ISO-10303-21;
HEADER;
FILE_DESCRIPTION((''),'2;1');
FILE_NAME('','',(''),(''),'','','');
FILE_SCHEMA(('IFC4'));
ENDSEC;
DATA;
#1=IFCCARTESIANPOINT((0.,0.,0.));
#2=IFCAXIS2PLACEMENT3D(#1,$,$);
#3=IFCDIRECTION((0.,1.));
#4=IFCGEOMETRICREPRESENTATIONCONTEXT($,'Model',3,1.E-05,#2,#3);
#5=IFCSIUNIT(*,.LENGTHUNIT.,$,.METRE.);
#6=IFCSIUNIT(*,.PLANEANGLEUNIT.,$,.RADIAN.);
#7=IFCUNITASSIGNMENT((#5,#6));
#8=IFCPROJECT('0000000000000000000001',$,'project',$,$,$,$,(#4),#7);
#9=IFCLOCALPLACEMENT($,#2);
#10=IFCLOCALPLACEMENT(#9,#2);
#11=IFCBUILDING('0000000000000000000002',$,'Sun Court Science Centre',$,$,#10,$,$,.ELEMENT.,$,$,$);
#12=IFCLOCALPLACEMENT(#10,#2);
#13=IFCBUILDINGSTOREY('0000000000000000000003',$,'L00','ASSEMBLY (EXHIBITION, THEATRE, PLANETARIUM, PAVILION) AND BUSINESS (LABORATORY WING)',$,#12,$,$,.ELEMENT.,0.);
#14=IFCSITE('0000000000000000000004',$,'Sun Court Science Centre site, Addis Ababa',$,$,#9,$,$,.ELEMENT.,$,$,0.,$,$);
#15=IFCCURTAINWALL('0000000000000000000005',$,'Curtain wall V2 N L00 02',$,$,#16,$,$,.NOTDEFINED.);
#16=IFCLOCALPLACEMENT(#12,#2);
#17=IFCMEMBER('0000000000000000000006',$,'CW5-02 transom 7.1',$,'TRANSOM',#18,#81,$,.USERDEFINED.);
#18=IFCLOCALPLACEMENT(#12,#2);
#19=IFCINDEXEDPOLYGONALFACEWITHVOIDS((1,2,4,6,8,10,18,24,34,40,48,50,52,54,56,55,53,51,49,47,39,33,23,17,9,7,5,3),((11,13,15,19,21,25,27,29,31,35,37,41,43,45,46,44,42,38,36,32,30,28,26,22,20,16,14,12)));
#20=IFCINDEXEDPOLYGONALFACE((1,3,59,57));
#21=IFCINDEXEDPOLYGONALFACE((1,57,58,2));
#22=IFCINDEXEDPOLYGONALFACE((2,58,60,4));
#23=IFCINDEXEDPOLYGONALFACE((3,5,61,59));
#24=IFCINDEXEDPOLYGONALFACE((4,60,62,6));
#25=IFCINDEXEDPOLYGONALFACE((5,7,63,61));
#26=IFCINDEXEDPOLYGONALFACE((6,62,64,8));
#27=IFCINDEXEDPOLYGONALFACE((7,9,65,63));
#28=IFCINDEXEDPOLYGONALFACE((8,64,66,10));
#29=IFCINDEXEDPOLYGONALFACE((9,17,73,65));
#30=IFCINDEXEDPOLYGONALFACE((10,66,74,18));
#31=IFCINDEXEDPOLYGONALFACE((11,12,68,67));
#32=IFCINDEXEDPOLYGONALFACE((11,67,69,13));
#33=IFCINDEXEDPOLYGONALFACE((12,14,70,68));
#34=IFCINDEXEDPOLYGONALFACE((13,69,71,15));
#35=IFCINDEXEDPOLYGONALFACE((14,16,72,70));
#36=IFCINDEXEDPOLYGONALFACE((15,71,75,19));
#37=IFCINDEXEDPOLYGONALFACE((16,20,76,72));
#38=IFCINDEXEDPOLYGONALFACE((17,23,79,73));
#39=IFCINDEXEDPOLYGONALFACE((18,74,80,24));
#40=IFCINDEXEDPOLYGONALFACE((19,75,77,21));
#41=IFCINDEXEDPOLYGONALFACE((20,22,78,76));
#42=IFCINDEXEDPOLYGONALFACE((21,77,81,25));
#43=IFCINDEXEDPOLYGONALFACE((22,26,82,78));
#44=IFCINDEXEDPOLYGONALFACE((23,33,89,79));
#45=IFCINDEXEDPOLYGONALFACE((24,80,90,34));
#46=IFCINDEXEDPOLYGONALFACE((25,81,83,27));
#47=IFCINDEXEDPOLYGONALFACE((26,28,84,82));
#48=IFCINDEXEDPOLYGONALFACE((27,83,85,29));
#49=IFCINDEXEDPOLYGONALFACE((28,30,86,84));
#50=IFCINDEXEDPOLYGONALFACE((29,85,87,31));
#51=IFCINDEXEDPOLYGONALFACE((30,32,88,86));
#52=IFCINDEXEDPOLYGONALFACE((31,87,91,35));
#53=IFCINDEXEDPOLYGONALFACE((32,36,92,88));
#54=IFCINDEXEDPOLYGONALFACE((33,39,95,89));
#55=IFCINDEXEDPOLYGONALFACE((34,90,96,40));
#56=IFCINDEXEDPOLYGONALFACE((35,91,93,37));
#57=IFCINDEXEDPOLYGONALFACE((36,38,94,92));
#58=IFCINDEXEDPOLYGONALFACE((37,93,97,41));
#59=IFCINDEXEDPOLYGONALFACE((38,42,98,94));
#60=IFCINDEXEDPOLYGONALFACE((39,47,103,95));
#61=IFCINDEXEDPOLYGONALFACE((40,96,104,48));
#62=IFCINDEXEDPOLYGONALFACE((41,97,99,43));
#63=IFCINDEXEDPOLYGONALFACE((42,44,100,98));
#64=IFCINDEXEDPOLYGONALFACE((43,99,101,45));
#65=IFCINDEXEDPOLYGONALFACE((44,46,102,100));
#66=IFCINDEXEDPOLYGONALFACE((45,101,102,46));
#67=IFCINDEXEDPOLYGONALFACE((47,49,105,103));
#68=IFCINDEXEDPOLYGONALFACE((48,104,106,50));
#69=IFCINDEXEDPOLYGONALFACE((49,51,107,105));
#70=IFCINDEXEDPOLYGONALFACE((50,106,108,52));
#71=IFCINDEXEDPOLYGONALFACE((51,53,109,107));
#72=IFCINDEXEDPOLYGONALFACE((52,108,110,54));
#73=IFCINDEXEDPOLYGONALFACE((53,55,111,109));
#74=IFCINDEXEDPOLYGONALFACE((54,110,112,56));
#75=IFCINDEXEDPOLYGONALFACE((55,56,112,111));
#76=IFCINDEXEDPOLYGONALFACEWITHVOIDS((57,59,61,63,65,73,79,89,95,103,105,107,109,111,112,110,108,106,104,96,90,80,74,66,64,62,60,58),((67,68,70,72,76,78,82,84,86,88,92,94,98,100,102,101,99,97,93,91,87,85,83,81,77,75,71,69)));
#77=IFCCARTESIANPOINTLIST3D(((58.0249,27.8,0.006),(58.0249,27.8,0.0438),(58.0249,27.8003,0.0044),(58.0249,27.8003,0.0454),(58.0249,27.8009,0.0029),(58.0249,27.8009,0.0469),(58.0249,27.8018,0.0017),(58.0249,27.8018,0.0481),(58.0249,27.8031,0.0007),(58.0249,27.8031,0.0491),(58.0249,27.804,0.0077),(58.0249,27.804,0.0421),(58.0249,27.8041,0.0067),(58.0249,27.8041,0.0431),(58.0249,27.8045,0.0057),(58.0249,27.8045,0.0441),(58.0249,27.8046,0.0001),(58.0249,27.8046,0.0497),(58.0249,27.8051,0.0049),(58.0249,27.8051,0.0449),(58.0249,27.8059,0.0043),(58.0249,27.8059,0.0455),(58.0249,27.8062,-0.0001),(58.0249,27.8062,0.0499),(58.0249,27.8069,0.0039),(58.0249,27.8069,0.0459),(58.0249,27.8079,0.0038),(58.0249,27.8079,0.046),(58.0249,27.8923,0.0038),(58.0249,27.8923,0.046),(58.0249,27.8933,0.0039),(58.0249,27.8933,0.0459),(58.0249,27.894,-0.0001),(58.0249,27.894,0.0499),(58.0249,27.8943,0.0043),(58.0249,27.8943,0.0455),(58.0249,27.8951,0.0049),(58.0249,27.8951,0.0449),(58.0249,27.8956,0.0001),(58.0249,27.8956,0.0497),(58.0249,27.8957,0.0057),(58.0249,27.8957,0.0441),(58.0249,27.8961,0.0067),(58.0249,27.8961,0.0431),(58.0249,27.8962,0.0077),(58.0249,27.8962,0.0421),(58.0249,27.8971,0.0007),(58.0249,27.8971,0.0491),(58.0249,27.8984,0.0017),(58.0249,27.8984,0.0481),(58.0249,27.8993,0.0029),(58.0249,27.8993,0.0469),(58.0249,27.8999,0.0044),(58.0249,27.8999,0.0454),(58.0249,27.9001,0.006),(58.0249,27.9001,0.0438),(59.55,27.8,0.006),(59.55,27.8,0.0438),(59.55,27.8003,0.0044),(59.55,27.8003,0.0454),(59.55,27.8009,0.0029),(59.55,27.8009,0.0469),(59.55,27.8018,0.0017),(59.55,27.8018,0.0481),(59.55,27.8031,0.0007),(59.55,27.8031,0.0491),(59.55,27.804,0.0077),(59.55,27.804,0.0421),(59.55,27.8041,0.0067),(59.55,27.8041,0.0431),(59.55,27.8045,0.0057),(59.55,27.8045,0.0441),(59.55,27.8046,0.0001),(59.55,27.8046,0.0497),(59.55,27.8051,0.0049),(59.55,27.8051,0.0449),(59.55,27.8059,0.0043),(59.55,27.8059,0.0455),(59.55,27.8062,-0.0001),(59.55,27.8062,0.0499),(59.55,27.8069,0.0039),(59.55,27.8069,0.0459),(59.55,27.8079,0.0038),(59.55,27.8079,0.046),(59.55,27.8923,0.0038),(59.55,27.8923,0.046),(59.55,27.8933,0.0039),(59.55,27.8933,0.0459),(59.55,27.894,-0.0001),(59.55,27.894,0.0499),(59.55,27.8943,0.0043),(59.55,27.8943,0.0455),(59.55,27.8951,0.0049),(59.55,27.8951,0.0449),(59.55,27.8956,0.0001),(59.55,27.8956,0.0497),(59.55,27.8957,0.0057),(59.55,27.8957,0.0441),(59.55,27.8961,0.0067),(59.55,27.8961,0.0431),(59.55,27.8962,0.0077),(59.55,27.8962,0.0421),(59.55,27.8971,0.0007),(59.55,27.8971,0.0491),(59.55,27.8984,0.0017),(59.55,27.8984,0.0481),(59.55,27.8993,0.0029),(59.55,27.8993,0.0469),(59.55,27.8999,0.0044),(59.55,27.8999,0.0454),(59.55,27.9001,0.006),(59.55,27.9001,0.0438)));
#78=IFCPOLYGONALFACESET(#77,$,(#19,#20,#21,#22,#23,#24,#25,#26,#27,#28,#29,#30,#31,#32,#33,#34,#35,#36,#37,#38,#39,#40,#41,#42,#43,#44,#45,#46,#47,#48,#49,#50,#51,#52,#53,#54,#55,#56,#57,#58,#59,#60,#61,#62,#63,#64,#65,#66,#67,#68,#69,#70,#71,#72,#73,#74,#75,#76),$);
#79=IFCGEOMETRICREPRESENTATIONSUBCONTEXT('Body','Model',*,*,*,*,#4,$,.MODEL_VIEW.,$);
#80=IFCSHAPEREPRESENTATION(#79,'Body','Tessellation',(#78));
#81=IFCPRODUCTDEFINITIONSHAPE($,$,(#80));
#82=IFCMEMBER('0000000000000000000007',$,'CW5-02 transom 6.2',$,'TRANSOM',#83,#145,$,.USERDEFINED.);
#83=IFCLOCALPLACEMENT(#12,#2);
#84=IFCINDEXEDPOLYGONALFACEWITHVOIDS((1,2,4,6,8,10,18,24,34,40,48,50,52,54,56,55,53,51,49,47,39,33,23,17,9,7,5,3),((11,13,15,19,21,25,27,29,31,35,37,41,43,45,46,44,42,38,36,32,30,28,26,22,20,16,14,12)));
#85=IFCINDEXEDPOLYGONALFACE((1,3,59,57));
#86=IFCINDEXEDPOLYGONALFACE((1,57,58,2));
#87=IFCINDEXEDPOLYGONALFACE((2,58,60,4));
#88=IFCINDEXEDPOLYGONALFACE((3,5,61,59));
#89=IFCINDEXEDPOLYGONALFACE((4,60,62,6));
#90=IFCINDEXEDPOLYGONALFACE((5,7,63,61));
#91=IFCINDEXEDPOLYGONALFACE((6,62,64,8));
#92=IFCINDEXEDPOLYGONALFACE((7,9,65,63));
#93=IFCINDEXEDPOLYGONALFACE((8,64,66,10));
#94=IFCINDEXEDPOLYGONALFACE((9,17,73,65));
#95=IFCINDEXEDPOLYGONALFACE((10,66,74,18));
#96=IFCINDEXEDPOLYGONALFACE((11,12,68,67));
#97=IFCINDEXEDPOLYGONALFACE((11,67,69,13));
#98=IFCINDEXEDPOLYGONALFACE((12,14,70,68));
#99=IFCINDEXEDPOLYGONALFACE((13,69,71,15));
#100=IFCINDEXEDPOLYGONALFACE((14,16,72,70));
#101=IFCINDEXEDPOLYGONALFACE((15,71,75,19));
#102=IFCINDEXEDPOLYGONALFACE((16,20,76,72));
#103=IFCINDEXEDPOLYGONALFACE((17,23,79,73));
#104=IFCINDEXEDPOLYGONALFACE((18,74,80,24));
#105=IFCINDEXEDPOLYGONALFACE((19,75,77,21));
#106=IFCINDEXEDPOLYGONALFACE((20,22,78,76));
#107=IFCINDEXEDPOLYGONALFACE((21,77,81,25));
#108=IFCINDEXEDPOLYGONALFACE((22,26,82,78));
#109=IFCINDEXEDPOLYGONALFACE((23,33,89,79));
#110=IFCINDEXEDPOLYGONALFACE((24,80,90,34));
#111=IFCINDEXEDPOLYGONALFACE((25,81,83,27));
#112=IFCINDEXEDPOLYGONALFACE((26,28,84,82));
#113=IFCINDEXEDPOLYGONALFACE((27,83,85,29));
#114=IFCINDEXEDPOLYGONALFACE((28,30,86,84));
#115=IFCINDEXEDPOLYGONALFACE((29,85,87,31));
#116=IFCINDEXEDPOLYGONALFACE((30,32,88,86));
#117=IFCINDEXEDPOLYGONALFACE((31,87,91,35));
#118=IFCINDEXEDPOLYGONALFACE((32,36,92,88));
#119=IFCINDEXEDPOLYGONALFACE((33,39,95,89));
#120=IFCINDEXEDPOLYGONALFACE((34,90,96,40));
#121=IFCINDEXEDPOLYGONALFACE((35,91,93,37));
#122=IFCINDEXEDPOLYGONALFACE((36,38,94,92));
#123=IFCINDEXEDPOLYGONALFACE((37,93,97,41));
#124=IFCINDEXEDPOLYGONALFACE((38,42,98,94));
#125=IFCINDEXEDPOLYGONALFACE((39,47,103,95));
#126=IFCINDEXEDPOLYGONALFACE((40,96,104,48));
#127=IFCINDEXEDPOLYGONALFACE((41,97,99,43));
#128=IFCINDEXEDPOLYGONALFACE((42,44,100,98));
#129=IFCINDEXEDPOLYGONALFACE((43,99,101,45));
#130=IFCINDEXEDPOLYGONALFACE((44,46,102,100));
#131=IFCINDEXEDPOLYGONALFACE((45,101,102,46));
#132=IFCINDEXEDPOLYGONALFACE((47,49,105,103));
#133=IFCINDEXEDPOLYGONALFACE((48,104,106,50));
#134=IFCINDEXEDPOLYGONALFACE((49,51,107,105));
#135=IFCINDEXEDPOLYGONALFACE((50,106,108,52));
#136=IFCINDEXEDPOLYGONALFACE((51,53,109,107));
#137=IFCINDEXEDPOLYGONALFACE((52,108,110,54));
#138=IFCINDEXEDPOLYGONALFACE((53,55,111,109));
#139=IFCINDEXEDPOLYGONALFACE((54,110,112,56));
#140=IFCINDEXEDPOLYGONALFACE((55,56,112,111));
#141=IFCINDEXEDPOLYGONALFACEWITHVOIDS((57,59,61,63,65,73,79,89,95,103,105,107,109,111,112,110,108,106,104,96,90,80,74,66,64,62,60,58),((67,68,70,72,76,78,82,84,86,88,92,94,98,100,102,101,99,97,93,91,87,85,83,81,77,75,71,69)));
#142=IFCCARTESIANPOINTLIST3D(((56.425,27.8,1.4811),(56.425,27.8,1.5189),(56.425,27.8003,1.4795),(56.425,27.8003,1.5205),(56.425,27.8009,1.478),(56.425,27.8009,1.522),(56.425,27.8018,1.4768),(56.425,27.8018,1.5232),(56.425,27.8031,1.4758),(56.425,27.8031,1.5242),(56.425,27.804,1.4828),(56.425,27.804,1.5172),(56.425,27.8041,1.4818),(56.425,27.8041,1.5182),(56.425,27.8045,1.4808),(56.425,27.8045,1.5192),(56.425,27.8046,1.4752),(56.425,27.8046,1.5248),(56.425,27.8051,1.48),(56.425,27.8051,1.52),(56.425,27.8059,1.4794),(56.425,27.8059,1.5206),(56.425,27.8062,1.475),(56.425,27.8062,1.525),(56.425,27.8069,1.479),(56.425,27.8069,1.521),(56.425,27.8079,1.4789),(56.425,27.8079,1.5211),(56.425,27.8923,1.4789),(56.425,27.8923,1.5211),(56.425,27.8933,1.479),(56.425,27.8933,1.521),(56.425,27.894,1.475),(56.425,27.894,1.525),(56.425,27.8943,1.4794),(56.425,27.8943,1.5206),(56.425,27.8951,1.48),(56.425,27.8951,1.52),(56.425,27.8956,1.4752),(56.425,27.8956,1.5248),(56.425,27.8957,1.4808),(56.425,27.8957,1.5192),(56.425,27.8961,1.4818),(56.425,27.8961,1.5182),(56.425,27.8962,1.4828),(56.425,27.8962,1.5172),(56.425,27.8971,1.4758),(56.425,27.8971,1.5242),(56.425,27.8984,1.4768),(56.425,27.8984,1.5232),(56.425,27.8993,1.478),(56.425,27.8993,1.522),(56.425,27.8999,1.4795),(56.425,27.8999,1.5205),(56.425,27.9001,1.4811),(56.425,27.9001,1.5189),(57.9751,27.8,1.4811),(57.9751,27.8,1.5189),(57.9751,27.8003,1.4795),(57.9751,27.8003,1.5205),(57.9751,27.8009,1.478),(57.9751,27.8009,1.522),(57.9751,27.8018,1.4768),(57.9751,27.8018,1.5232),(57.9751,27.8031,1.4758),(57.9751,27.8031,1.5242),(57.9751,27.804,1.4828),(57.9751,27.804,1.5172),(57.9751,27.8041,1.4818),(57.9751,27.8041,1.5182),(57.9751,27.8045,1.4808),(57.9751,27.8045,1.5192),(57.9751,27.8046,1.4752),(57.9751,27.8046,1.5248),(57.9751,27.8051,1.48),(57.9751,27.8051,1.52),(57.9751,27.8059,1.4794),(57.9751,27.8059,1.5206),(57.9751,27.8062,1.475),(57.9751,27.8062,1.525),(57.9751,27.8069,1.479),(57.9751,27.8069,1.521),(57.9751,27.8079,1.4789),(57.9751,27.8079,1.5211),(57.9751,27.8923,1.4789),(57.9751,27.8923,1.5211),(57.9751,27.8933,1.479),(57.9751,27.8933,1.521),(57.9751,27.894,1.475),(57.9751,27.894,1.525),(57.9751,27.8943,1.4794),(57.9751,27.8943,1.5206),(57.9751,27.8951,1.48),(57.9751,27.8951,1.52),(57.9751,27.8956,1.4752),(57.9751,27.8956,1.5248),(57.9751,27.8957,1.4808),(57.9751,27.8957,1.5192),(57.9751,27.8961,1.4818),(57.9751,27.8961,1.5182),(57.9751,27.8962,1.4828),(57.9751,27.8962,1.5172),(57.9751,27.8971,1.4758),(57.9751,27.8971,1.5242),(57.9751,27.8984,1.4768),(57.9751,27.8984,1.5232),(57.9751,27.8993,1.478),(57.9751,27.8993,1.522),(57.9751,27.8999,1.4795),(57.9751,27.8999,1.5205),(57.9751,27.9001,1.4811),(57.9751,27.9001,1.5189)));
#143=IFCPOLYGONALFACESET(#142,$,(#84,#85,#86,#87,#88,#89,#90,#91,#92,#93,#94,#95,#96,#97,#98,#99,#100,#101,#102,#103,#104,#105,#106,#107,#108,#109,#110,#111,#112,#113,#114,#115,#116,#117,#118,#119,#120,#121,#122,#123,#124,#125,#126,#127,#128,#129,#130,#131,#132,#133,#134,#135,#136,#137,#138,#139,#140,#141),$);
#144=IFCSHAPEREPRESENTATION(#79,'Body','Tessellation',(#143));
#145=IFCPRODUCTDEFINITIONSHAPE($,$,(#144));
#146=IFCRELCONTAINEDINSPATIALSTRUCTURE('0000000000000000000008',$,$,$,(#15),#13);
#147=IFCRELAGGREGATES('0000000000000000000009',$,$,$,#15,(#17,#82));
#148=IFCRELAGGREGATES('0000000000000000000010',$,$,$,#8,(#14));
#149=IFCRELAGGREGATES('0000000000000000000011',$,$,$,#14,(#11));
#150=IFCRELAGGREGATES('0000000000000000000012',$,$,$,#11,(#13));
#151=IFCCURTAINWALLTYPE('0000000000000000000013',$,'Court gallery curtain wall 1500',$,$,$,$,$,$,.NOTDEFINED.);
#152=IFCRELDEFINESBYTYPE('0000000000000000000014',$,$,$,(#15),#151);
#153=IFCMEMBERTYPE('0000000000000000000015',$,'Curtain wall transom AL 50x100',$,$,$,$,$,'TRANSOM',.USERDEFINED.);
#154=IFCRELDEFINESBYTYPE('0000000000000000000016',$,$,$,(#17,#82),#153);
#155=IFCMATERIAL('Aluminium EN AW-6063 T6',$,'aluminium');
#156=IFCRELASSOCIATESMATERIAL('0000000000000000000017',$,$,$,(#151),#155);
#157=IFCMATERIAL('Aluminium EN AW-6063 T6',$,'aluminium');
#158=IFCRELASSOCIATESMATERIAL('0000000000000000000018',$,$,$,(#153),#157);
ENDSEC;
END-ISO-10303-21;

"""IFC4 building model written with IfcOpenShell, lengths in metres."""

from ifc_helpers import new_model, si_unit, direction, frame, origin, origin_2d, place, context, subcontext, project, spatial, hollow_rectangle, extrude, material, material_profile, profile_set, type_object, element, aggregate, save


model = new_model("IFC4")

# Units and contexts
model_context = context("Model", 3, precision=1e-05, world=origin(), true_north=direction((0.0, 1.0)))
body_context = subcontext(model_context, "Body", "Model", "MODEL_VIEW")
ifc_project = project(units=[si_unit("LENGTHUNIT", "METRE"), si_unit("PLANEANGLEUNIT", "RADIAN")], contexts=[model_context])

# Site, building, storey
site_placement = place(None, origin())
site = spatial("IfcSite", under=ifc_project, at=site_placement, Name="Sun Court Science Centre site, Addis Ababa", CompositionType="ELEMENT", RefElevation=0.0)
building_placement = place(site_placement, origin())
building = spatial("IfcBuilding", under=site, at=building_placement, Name="Sun Court Science Centre", CompositionType="ELEMENT")
storey_placement = place(building_placement, origin())
storey = spatial("IfcBuildingStorey", under=building, at=storey_placement, Name="L00", Description="ASSEMBLY (EXHIBITION, THEATRE, PLANETARIUM, PAVILION) AND BUSINESS (LABORATORY WING)", CompositionType="ELEMENT", Elevation=0.0)

# Curtain wall, members
ifc_material_1 = material(Name="Aluminium EN AW-6063 T6", Category="aluminium")
curtain_wall_type = type_object("IfcCurtainWallType", Name="Court gallery curtain wall 1500", PredefinedType="NOTDEFINED", material=ifc_material_1)
curtain_wall_placement = place(storey_placement, origin())
curtain_wall = element("IfcCurtainWall", 1, at=curtain_wall_placement, inside=storey, type_object=curtain_wall_type, Name="Curtain wall V2 N L00 02", PredefinedType="NOTDEFINED")
ifc_material_2 = material(Name="Aluminium EN AW-6063 T6", Category="aluminium")
ifc_material_profile_1 = material_profile(ifc_material_2, hollow_rectangle(XDim=0.05, YDim=0.1001, WallThickness=0.0039, InnerFilletRadius=0.0039, OuterFilletRadius=0.0061, at=origin_2d()), Name="AL 50x100x4")
ifc_profile_set_1 = profile_set([ifc_material_profile_1], Name="Aluminium EN AW-6063 T6")
member_type_1 = type_object("IfcMemberType", Name="Curtain wall transom AL 50x100", ElementType="TRANSOM", PredefinedType="USERDEFINED", material=ifc_profile_set_1)
member_1_placement = place(storey_placement, frame((58.0249, 27.8501, 0.0249), z_axis=(1.0, 0.0, 0.0), x_axis=(0.0, 0.0, 1.0)))
member_1 = element("IfcMember", 2, at=member_1_placement, type_object=member_type_1, Name="CW5-02 transom 7.1", ObjectType="TRANSOM", PredefinedType="USERDEFINED", context=body_context, shape_type="SweptSolid", body=[
    extrude(hollow_rectangle(XDim=0.05, YDim=0.1001, WallThickness=0.0039, InnerFilletRadius=0.0039, OuterFilletRadius=0.0061, at=origin_2d()), origin(), (0.0, 0.0, 1.0), 1.5251),
])
member_2_placement = place(storey_placement, frame((56.425, 27.8501, 1.5), z_axis=(1.0, 0.0, 0.0), x_axis=(0.0, 0.0, 1.0)))
member_2 = element("IfcMember", 3, at=member_2_placement, type_object=member_type_1, Name="CW5-02 transom 6.2", ObjectType="TRANSOM", PredefinedType="USERDEFINED", context=body_context, shape_type="SweptSolid", body=[
    extrude(hollow_rectangle(XDim=0.05, YDim=0.1001, WallThickness=0.0039, InnerFilletRadius=0.0039, OuterFilletRadius=0.0061, at=origin_2d()), origin(), (0.0, 0.0, 1.0), 1.55),
])
aggregate(curtain_wall, [member_1, member_2])

save(model, "model.ifc")
